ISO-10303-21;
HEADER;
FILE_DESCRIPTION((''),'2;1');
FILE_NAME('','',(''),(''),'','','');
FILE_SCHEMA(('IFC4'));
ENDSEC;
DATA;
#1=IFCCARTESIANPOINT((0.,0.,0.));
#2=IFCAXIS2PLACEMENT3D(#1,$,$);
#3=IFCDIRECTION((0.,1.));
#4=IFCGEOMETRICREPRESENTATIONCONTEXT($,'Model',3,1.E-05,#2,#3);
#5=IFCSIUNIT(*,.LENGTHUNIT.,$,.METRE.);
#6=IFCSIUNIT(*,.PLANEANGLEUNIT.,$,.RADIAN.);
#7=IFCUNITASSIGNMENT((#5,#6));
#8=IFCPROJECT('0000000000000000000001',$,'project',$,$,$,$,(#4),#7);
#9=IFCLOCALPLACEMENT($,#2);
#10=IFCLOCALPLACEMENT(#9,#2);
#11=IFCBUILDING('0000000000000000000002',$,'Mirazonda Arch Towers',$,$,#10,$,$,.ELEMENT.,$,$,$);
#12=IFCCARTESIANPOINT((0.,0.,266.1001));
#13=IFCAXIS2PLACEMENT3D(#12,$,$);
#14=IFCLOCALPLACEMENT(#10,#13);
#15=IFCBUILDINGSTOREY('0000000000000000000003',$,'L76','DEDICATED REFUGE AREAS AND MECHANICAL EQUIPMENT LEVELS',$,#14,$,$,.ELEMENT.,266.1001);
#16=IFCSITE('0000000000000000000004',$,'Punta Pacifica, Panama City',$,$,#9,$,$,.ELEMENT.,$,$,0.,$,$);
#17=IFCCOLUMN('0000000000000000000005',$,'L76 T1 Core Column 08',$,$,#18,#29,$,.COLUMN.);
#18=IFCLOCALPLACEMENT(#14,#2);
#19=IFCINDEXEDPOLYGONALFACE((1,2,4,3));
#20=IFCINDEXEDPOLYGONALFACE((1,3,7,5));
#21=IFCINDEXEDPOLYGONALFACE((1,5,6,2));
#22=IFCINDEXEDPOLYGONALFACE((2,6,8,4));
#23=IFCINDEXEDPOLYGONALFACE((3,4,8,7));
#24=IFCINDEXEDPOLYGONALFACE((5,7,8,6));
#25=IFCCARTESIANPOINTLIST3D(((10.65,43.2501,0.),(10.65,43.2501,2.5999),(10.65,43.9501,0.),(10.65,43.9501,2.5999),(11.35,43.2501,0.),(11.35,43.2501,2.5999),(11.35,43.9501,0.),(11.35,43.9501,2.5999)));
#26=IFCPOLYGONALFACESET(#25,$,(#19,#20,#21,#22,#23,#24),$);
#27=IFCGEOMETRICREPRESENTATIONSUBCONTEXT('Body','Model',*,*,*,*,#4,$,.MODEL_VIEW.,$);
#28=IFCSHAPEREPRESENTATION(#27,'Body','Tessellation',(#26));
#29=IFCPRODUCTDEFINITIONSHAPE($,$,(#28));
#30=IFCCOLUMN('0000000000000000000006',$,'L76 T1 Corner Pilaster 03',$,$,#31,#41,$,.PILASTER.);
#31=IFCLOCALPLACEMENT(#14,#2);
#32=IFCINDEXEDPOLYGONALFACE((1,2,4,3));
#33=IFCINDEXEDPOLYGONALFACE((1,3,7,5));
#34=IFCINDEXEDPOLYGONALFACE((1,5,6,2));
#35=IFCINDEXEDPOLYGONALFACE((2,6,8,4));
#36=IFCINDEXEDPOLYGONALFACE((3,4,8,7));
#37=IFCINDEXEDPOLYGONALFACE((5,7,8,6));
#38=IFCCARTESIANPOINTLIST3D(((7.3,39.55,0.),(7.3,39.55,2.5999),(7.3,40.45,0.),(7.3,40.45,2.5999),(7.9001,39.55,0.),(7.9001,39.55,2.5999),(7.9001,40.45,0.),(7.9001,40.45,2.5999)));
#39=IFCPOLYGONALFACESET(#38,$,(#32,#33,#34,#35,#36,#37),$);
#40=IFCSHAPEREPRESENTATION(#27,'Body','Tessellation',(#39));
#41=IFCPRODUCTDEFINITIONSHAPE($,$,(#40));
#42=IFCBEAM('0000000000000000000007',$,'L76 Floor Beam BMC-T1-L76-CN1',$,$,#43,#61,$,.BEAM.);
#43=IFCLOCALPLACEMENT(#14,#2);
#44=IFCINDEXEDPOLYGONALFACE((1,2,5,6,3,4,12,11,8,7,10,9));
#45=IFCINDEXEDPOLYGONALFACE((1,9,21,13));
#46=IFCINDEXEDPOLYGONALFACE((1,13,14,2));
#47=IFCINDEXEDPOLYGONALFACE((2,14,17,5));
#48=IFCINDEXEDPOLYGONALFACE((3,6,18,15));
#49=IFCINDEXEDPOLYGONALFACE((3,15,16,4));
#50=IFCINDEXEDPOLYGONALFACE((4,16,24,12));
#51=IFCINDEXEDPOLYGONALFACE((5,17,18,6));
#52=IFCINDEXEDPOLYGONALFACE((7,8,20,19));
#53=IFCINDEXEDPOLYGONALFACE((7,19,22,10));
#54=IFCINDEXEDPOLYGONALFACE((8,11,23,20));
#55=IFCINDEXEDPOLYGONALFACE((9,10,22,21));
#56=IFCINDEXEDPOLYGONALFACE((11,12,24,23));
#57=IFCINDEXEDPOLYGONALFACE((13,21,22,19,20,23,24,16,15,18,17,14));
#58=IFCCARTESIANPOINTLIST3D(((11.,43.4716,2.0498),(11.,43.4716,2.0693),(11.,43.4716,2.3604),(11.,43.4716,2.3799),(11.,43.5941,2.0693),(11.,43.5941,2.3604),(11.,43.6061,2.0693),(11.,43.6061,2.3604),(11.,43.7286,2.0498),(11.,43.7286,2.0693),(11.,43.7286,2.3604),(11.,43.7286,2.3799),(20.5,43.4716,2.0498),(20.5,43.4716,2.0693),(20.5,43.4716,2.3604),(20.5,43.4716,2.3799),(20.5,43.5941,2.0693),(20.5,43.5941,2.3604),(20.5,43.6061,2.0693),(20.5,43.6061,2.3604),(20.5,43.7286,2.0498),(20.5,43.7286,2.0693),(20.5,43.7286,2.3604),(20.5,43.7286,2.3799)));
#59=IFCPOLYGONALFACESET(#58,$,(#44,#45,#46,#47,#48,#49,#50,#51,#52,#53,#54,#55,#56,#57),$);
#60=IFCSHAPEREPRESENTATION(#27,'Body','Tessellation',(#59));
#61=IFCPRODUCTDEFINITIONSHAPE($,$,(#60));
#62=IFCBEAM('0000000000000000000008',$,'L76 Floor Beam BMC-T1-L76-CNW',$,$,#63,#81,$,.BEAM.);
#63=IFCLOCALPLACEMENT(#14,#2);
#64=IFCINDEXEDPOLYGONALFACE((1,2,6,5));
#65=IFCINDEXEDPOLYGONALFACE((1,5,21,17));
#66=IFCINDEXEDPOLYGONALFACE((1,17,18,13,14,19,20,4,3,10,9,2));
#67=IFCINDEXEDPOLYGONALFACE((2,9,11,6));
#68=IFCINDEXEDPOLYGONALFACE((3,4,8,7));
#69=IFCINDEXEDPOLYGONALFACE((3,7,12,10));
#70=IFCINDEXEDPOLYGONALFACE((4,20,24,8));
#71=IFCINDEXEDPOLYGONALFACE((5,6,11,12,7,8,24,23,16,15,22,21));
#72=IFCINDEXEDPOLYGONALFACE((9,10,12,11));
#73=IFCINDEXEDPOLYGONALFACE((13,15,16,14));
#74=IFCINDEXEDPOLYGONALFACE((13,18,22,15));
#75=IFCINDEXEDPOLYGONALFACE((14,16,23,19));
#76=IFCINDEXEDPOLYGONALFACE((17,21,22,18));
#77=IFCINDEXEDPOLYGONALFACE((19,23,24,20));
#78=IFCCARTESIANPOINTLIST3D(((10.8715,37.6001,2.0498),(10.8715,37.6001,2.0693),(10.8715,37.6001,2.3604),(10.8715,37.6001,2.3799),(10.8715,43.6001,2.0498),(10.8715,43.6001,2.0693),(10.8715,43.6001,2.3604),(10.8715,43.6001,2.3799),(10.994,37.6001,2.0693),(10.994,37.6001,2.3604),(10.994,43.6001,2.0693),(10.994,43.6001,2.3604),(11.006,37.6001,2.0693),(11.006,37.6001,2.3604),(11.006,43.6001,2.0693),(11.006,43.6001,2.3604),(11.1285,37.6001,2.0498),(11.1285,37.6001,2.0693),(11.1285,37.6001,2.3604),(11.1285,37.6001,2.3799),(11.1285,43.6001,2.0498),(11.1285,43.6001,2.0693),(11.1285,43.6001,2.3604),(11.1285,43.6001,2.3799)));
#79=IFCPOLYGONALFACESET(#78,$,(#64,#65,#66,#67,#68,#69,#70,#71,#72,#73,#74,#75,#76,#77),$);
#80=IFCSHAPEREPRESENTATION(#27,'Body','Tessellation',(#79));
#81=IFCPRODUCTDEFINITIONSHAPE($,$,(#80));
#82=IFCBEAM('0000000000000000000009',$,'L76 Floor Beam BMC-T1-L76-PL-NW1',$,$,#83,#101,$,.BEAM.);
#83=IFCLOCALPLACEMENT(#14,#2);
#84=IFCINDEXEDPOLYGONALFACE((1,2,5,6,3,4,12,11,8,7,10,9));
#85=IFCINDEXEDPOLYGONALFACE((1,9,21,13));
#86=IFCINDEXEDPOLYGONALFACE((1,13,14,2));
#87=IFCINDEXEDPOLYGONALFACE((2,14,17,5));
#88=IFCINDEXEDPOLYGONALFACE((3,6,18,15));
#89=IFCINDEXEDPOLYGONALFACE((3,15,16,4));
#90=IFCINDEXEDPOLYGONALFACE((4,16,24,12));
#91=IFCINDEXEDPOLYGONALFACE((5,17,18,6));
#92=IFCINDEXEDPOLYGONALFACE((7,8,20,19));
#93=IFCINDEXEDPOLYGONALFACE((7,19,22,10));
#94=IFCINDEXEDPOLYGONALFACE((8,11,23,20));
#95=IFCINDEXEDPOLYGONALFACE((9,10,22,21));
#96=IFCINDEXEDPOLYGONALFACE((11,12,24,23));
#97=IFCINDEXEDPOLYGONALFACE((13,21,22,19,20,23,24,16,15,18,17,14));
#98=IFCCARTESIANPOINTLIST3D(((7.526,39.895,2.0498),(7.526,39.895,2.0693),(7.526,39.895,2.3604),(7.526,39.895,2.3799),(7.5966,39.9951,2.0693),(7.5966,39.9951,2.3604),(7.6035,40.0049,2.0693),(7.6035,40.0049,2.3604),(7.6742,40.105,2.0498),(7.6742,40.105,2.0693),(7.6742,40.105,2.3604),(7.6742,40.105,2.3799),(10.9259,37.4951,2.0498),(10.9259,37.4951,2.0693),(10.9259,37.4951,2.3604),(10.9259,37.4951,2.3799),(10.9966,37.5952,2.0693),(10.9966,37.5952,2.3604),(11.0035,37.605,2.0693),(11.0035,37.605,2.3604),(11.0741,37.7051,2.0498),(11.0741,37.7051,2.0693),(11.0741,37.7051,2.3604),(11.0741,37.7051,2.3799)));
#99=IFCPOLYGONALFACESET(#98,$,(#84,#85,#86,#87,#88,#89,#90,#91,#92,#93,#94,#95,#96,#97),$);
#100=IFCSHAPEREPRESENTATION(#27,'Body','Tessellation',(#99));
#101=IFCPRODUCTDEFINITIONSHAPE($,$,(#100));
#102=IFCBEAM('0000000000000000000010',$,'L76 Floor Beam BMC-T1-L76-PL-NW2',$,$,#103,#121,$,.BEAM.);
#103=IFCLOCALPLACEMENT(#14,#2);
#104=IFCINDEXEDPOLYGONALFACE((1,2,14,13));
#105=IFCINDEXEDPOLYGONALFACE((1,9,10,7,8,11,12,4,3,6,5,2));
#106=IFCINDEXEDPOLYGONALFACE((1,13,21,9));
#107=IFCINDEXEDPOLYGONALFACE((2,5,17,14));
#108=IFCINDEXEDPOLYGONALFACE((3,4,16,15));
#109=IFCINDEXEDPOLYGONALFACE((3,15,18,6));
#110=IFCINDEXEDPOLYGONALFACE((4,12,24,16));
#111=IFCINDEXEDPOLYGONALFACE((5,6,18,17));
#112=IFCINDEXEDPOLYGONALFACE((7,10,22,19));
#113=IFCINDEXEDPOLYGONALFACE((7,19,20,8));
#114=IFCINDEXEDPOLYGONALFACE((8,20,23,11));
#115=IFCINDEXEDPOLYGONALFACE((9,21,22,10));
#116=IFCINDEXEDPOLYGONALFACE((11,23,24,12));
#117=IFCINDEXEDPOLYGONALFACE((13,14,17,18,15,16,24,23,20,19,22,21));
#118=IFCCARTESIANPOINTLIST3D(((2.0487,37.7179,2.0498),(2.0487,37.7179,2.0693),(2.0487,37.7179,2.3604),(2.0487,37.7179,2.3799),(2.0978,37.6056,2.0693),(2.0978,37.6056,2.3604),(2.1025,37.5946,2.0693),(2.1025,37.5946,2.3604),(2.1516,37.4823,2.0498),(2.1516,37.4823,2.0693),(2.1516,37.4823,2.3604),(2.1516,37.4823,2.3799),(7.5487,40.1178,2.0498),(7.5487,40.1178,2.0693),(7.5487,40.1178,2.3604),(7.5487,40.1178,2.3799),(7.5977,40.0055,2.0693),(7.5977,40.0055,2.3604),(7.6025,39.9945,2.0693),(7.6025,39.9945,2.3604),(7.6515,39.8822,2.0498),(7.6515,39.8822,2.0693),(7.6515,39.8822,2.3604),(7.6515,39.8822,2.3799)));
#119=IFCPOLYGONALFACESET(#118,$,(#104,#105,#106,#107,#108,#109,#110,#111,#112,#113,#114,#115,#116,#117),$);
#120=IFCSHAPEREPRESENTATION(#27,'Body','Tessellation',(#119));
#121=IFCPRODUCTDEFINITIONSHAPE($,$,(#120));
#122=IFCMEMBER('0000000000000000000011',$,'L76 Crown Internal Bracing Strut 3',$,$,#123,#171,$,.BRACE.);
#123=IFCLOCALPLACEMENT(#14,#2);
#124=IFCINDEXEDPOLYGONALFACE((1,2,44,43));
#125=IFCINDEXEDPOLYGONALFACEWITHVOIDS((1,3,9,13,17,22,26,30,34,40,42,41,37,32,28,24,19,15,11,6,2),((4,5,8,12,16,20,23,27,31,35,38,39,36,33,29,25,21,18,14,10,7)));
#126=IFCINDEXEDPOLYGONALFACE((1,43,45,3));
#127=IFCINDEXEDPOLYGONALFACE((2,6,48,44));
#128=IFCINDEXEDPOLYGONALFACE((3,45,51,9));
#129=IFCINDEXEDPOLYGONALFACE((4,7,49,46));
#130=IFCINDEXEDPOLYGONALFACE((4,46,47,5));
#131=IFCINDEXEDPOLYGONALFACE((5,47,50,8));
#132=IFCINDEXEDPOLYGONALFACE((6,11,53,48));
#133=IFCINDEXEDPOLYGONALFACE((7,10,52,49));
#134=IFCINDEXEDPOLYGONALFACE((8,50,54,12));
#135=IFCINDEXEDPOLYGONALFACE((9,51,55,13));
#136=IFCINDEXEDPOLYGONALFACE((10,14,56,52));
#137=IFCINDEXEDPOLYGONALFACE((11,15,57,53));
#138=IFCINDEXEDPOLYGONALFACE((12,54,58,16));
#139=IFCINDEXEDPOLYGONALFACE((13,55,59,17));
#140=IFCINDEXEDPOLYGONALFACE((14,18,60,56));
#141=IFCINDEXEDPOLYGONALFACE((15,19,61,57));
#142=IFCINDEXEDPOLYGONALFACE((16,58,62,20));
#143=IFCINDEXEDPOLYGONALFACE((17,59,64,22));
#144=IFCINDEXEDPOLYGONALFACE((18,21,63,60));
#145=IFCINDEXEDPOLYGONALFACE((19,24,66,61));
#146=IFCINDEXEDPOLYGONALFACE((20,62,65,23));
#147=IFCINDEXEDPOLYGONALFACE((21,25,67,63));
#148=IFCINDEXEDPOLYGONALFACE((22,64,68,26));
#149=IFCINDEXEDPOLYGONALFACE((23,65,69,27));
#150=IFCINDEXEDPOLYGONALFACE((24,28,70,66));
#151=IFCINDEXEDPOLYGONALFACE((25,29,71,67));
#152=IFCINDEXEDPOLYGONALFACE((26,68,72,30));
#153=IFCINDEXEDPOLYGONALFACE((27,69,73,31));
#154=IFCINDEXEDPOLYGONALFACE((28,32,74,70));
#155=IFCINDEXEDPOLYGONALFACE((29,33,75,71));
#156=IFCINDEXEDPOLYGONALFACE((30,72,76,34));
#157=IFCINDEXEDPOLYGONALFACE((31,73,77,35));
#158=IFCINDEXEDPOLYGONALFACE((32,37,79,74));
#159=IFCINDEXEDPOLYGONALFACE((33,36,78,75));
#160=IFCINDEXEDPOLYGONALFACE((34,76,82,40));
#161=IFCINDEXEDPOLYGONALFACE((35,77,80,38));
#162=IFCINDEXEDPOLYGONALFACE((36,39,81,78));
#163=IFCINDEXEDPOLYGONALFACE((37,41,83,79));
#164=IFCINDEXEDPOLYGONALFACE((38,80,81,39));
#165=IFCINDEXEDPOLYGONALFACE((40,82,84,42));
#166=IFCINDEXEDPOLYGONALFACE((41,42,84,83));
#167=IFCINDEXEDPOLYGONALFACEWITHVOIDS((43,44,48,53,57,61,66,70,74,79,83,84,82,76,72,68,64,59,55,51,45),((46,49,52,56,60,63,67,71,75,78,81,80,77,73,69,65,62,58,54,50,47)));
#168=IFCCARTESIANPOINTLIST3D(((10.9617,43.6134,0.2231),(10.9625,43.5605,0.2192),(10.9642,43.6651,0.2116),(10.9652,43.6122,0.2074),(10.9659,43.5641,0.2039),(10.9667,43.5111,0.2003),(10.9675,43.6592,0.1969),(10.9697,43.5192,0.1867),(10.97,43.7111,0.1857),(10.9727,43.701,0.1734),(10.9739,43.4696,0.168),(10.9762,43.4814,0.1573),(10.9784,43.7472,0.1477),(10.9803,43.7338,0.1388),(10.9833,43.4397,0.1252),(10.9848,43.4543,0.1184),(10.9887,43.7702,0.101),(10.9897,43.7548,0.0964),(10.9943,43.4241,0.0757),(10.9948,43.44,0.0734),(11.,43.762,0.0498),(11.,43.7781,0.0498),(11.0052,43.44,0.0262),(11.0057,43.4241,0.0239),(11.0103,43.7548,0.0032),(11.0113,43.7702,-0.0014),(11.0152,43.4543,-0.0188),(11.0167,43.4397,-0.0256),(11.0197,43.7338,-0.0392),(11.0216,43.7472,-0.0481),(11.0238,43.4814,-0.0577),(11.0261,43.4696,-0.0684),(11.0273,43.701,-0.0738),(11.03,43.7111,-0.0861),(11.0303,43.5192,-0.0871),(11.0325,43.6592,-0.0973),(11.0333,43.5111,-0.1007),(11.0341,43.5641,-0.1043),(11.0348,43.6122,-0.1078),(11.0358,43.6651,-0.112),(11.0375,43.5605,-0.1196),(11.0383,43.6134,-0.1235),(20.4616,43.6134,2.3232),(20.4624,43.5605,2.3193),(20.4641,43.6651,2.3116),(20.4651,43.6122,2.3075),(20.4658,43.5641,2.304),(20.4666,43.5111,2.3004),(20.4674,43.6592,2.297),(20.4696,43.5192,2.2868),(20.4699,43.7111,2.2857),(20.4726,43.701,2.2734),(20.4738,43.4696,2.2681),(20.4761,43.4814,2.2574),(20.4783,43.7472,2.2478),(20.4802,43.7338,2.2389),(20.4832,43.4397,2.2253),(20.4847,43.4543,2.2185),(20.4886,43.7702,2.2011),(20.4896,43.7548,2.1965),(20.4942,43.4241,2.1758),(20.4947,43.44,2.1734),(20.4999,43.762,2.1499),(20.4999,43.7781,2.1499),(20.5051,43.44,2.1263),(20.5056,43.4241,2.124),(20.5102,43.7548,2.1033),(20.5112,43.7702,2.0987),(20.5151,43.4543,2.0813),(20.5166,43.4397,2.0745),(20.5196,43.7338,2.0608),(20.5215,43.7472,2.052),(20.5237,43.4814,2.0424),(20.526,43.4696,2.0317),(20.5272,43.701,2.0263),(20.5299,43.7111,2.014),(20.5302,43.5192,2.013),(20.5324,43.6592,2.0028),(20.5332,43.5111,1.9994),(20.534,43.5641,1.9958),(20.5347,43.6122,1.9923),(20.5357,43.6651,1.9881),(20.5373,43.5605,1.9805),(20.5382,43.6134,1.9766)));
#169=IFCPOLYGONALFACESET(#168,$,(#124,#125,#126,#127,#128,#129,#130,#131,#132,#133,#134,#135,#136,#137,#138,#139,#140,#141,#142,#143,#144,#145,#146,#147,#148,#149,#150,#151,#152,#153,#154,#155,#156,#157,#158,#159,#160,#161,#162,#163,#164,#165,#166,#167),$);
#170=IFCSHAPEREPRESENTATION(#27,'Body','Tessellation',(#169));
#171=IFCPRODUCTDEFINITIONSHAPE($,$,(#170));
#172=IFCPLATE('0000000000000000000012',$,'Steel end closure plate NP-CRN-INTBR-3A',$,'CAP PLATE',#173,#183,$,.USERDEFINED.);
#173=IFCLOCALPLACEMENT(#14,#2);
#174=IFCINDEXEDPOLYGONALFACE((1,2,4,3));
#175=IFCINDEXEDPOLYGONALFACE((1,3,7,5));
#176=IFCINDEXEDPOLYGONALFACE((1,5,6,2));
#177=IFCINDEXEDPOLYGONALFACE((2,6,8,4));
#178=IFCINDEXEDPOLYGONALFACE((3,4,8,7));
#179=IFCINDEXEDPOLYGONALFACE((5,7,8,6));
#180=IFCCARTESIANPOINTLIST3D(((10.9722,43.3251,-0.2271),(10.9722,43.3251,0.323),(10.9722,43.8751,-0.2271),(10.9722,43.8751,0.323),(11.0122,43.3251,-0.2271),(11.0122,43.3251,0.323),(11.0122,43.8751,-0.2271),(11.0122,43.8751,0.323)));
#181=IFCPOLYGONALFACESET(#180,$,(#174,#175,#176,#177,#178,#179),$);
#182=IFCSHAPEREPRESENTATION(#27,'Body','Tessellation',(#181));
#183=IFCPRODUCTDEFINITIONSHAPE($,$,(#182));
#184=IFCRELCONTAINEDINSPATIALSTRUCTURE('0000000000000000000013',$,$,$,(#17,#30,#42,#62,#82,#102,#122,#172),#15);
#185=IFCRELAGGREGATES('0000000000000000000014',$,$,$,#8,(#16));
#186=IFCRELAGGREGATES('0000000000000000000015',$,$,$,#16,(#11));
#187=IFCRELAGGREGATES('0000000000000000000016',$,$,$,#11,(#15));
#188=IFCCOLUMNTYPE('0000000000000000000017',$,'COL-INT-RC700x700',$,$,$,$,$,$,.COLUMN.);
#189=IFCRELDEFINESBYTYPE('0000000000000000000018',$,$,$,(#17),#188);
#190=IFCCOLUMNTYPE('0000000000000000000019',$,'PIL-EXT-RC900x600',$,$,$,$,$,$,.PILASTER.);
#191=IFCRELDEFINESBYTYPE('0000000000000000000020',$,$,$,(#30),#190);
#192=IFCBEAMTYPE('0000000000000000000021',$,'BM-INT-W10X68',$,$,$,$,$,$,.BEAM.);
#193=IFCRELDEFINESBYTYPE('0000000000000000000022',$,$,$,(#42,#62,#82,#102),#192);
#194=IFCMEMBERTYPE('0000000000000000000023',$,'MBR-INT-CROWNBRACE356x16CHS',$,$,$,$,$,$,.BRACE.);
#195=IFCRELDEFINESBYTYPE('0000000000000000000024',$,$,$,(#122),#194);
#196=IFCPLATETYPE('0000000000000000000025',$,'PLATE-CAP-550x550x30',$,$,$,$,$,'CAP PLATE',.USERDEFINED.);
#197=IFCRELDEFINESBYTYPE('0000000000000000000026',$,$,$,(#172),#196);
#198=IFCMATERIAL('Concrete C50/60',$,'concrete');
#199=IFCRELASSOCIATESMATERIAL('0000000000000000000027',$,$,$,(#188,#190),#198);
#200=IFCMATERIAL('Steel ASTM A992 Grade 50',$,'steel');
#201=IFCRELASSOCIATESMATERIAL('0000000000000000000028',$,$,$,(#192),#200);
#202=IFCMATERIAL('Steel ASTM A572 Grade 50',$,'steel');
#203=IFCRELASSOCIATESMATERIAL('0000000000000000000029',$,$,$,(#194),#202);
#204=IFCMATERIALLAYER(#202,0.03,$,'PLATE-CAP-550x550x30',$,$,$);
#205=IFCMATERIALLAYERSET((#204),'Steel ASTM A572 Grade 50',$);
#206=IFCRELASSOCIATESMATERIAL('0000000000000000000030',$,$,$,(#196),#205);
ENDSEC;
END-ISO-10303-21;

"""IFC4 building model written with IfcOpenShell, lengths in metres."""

from ifc_helpers import new_model, si_unit, direction, frame, origin, origin_2d, place, context, subcontext, project, spatial, rectangle, hollow_circle, i_section, extrude, material, layer, layer_set, material_profile, profile_set, type_object, element, save


model = new_model("IFC4")

# Units and contexts
model_context = context("Model", 3, precision=1e-05, world=origin(), true_north=direction((0.0, 1.0)))
body_context = subcontext(model_context, "Body", "Model", "MODEL_VIEW")
ifc_project = project(units=[si_unit("LENGTHUNIT", "METRE"), si_unit("PLANEANGLEUNIT", "RADIAN")], contexts=[model_context])

# Site, building, storey
site_placement = place(None, origin())
site = spatial("IfcSite", under=ifc_project, at=site_placement, Name="Punta Pacifica, Panama City", CompositionType="ELEMENT", RefElevation=0.0)
building_placement = place(site_placement, origin())
building = spatial("IfcBuilding", under=site, at=building_placement, Name="Mirazonda Arch Towers", CompositionType="ELEMENT")
storey_placement = place(building_placement, frame((0.0, 0.0, 266.1001)))
storey = spatial("IfcBuildingStorey", under=building, at=storey_placement, Name="L76", Description="DEDICATED REFUGE AREAS AND MECHANICAL EQUIPMENT LEVELS", CompositionType="ELEMENT", Elevation=266.1001)

# Columns
ifc_material_1 = material(Name="Concrete C50/60", Category="concrete")
ifc_material_profile_1 = material_profile(ifc_material_1, rectangle(XDim=0.7, YDim=0.7, at=origin_2d()), Name="RC700x700")
ifc_profile_set_1 = profile_set([ifc_material_profile_1], Name="Concrete C50/60")
column_type_1 = type_object("IfcColumnType", Name="COL-INT-RC700x700", PredefinedType="COLUMN", material=ifc_profile_set_1)
column_1_placement = place(storey_placement, frame((11.0, 43.6001, 0.0), z_axis=(0.0, 0.0, 1.0), x_axis=(1.0, 0.0, 0.0)))
element("IfcColumn", 1, at=column_1_placement, inside=storey, type_object=column_type_1, Name="L76 T1 Core Column 08", PredefinedType="COLUMN", context=body_context, shape_type="SweptSolid", body=[
    extrude(rectangle(XDim=0.7, YDim=0.7, at=origin_2d()), origin(), (0.0, 0.0, 1.0), 2.5999),
])
ifc_material_profile_2 = material_profile(ifc_material_1, rectangle(XDim=0.6001, YDim=0.8999, at=origin_2d()), Name="RC900x600")
ifc_profile_set_2 = profile_set([ifc_material_profile_2], Name="Concrete C50/60")
column_type_2 = type_object("IfcColumnType", Name="PIL-EXT-RC900x600", PredefinedType="PILASTER", material=ifc_profile_set_2)
column_2_placement = place(storey_placement, frame((7.6001, 40.0, 0.0), z_axis=(0.0, 0.0, 1.0), x_axis=(1.0, 0.0, 0.0)))
element("IfcColumn", 2, at=column_2_placement, inside=storey, type_object=column_type_2, Name="L76 T1 Corner Pilaster 03", PredefinedType="PILASTER", context=body_context, shape_type="SweptSolid", body=[
    extrude(rectangle(XDim=0.6001, YDim=0.8999, at=origin_2d()), origin(), (0.0, 0.0, 1.0), 2.5999),
])

# Beams
ifc_material_2 = material(Name="Steel ASTM A992 Grade 50", Category="steel")
ifc_material_profile_3 = material_profile(ifc_material_2, i_section(OverallWidth=0.2571, OverallDepth=0.3301, WebThickness=0.012, FlangeThickness=0.0195, at=origin_2d()), Name="W10X68")
ifc_profile_set_3 = profile_set([ifc_material_profile_3], Name="Steel ASTM A992 Grade 50")
beam_type = type_object("IfcBeamType", Name="BM-INT-W10X68", PredefinedType="BEAM", material=ifc_profile_set_3)
beam_1_placement = place(storey_placement, frame((11.0, 43.6001, 2.2148), z_axis=(1.0, 0.0, 0.0), x_axis=(0.0, 1.0, 0.0)))
element("IfcBeam", 3, at=beam_1_placement, inside=storey, type_object=beam_type, Name="L76 Floor Beam BMC-T1-L76-CN1", PredefinedType="BEAM", context=body_context, shape_type="SweptSolid", body=[
    extrude(i_section(OverallWidth=0.2571, OverallDepth=0.3301, WebThickness=0.012, FlangeThickness=0.0195, at=origin_2d()), origin(), (0.0, 0.0, 1.0), 9.5),
])
beam_2_placement = place(storey_placement, frame((11.0, 37.6001, 2.2148), z_axis=(0.0, 1.0, 0.0), x_axis=(-1.0, 0.0, 0.0)))
element("IfcBeam", 4, at=beam_2_placement, inside=storey, type_object=beam_type, Name="L76 Floor Beam BMC-T1-L76-CNW", PredefinedType="BEAM", context=body_context, shape_type="SweptSolid", body=[
    extrude(i_section(OverallWidth=0.2571, OverallDepth=0.3301, WebThickness=0.012, FlangeThickness=0.0195, at=origin_2d()), origin(), (0.0, 0.0, 1.0), 6.0),
])
beam_3_placement = place(storey_placement, frame((7.6001, 40.0, 2.2148), z_axis=(0.816971, -0.576679, 0.0), x_axis=(0.576679, 0.816971, 0.0)))
element("IfcBeam", 5, at=beam_3_placement, inside=storey, type_object=beam_type, Name="L76 Floor Beam BMC-T1-L76-PL-NW1", PredefinedType="BEAM", context=body_context, shape_type="SweptSolid", body=[
    extrude(i_section(OverallWidth=0.2571, OverallDepth=0.3301, WebThickness=0.012, FlangeThickness=0.0195, at=origin_2d()), origin(), (0.0, 0.0, 1.0), 4.1616),
])
beam_4_placement = place(storey_placement, frame((7.6001, 40.0, 2.2148), z_axis=(-0.916545, -0.399931, 0.0), x_axis=(0.399931, -0.916545, 0.0)))
element("IfcBeam", 6, at=beam_4_placement, inside=storey, type_object=beam_type, Name="L76 Floor Beam BMC-T1-L76-PL-NW2", PredefinedType="BEAM", context=body_context, shape_type="SweptSolid", body=[
    extrude(i_section(OverallWidth=0.2571, OverallDepth=0.3301, WebThickness=0.012, FlangeThickness=0.0195, at=origin_2d()), origin(), (0.0, 0.0, 1.0), 6.0007),
])

# Member
ifc_material_3 = material(Name="Steel ASTM A572 Grade 50", Category="steel")
ifc_material_profile_4 = material_profile(ifc_material_3, hollow_circle(Radius=0.178, WallThickness=0.0161, at=origin_2d()), Name="CROWNBRACE356x16CHS")
ifc_profile_set_4 = profile_set([ifc_material_profile_4], Name="Steel ASTM A572 Grade 50")
member_type = type_object("IfcMemberType", Name="MBR-INT-CROWNBRACE356x16CHS", PredefinedType="BRACE", material=ifc_profile_set_4)
member_placement = place(storey_placement, frame((11.0, 43.6001, 0.0498), z_axis=(0.976426, 0.0, 0.215852), x_axis=(0.0, 1.0, 0.0)))
element("IfcMember", 7, at=member_placement, inside=storey, type_object=member_type, Name="L76 Crown Internal Bracing Strut 3", PredefinedType="BRACE", context=body_context, shape_type="SweptSolid", body=[
    extrude(hollow_circle(Radius=0.178, WallThickness=0.0161, at=origin_2d()), origin(), (0.0, 0.0, 1.0), 9.7292),
])

# Plate
ifc_layer_1 = layer(ifc_material_3, 0.03, Name="PLATE-CAP-550x550x30")
ifc_layer_set_1 = layer_set([ifc_layer_1], Name="Steel ASTM A572 Grade 50")
plate_type = type_object("IfcPlateType", Name="PLATE-CAP-550x550x30", ElementType="CAP PLATE", PredefinedType="USERDEFINED", material=ifc_layer_set_1)
plate_placement = place(storey_placement, frame((10.9922, 43.6001, -0.2271), z_axis=(0.0, 0.0, 1.0), x_axis=(-1.0, 0.0, 0.0)))
element("IfcPlate", 8, at=plate_placement, inside=storey, type_object=plate_type, Name="Steel end closure plate NP-CRN-INTBR-3A", ObjectType="CAP PLATE", PredefinedType="USERDEFINED", context=body_context, shape_type="SweptSolid", body=[
    extrude(rectangle(XDim=0.04, YDim=0.55, at=origin_2d()), origin(), (0.0, 0.0, 1.0), 0.55),
])

save(model, "model.ifc")
